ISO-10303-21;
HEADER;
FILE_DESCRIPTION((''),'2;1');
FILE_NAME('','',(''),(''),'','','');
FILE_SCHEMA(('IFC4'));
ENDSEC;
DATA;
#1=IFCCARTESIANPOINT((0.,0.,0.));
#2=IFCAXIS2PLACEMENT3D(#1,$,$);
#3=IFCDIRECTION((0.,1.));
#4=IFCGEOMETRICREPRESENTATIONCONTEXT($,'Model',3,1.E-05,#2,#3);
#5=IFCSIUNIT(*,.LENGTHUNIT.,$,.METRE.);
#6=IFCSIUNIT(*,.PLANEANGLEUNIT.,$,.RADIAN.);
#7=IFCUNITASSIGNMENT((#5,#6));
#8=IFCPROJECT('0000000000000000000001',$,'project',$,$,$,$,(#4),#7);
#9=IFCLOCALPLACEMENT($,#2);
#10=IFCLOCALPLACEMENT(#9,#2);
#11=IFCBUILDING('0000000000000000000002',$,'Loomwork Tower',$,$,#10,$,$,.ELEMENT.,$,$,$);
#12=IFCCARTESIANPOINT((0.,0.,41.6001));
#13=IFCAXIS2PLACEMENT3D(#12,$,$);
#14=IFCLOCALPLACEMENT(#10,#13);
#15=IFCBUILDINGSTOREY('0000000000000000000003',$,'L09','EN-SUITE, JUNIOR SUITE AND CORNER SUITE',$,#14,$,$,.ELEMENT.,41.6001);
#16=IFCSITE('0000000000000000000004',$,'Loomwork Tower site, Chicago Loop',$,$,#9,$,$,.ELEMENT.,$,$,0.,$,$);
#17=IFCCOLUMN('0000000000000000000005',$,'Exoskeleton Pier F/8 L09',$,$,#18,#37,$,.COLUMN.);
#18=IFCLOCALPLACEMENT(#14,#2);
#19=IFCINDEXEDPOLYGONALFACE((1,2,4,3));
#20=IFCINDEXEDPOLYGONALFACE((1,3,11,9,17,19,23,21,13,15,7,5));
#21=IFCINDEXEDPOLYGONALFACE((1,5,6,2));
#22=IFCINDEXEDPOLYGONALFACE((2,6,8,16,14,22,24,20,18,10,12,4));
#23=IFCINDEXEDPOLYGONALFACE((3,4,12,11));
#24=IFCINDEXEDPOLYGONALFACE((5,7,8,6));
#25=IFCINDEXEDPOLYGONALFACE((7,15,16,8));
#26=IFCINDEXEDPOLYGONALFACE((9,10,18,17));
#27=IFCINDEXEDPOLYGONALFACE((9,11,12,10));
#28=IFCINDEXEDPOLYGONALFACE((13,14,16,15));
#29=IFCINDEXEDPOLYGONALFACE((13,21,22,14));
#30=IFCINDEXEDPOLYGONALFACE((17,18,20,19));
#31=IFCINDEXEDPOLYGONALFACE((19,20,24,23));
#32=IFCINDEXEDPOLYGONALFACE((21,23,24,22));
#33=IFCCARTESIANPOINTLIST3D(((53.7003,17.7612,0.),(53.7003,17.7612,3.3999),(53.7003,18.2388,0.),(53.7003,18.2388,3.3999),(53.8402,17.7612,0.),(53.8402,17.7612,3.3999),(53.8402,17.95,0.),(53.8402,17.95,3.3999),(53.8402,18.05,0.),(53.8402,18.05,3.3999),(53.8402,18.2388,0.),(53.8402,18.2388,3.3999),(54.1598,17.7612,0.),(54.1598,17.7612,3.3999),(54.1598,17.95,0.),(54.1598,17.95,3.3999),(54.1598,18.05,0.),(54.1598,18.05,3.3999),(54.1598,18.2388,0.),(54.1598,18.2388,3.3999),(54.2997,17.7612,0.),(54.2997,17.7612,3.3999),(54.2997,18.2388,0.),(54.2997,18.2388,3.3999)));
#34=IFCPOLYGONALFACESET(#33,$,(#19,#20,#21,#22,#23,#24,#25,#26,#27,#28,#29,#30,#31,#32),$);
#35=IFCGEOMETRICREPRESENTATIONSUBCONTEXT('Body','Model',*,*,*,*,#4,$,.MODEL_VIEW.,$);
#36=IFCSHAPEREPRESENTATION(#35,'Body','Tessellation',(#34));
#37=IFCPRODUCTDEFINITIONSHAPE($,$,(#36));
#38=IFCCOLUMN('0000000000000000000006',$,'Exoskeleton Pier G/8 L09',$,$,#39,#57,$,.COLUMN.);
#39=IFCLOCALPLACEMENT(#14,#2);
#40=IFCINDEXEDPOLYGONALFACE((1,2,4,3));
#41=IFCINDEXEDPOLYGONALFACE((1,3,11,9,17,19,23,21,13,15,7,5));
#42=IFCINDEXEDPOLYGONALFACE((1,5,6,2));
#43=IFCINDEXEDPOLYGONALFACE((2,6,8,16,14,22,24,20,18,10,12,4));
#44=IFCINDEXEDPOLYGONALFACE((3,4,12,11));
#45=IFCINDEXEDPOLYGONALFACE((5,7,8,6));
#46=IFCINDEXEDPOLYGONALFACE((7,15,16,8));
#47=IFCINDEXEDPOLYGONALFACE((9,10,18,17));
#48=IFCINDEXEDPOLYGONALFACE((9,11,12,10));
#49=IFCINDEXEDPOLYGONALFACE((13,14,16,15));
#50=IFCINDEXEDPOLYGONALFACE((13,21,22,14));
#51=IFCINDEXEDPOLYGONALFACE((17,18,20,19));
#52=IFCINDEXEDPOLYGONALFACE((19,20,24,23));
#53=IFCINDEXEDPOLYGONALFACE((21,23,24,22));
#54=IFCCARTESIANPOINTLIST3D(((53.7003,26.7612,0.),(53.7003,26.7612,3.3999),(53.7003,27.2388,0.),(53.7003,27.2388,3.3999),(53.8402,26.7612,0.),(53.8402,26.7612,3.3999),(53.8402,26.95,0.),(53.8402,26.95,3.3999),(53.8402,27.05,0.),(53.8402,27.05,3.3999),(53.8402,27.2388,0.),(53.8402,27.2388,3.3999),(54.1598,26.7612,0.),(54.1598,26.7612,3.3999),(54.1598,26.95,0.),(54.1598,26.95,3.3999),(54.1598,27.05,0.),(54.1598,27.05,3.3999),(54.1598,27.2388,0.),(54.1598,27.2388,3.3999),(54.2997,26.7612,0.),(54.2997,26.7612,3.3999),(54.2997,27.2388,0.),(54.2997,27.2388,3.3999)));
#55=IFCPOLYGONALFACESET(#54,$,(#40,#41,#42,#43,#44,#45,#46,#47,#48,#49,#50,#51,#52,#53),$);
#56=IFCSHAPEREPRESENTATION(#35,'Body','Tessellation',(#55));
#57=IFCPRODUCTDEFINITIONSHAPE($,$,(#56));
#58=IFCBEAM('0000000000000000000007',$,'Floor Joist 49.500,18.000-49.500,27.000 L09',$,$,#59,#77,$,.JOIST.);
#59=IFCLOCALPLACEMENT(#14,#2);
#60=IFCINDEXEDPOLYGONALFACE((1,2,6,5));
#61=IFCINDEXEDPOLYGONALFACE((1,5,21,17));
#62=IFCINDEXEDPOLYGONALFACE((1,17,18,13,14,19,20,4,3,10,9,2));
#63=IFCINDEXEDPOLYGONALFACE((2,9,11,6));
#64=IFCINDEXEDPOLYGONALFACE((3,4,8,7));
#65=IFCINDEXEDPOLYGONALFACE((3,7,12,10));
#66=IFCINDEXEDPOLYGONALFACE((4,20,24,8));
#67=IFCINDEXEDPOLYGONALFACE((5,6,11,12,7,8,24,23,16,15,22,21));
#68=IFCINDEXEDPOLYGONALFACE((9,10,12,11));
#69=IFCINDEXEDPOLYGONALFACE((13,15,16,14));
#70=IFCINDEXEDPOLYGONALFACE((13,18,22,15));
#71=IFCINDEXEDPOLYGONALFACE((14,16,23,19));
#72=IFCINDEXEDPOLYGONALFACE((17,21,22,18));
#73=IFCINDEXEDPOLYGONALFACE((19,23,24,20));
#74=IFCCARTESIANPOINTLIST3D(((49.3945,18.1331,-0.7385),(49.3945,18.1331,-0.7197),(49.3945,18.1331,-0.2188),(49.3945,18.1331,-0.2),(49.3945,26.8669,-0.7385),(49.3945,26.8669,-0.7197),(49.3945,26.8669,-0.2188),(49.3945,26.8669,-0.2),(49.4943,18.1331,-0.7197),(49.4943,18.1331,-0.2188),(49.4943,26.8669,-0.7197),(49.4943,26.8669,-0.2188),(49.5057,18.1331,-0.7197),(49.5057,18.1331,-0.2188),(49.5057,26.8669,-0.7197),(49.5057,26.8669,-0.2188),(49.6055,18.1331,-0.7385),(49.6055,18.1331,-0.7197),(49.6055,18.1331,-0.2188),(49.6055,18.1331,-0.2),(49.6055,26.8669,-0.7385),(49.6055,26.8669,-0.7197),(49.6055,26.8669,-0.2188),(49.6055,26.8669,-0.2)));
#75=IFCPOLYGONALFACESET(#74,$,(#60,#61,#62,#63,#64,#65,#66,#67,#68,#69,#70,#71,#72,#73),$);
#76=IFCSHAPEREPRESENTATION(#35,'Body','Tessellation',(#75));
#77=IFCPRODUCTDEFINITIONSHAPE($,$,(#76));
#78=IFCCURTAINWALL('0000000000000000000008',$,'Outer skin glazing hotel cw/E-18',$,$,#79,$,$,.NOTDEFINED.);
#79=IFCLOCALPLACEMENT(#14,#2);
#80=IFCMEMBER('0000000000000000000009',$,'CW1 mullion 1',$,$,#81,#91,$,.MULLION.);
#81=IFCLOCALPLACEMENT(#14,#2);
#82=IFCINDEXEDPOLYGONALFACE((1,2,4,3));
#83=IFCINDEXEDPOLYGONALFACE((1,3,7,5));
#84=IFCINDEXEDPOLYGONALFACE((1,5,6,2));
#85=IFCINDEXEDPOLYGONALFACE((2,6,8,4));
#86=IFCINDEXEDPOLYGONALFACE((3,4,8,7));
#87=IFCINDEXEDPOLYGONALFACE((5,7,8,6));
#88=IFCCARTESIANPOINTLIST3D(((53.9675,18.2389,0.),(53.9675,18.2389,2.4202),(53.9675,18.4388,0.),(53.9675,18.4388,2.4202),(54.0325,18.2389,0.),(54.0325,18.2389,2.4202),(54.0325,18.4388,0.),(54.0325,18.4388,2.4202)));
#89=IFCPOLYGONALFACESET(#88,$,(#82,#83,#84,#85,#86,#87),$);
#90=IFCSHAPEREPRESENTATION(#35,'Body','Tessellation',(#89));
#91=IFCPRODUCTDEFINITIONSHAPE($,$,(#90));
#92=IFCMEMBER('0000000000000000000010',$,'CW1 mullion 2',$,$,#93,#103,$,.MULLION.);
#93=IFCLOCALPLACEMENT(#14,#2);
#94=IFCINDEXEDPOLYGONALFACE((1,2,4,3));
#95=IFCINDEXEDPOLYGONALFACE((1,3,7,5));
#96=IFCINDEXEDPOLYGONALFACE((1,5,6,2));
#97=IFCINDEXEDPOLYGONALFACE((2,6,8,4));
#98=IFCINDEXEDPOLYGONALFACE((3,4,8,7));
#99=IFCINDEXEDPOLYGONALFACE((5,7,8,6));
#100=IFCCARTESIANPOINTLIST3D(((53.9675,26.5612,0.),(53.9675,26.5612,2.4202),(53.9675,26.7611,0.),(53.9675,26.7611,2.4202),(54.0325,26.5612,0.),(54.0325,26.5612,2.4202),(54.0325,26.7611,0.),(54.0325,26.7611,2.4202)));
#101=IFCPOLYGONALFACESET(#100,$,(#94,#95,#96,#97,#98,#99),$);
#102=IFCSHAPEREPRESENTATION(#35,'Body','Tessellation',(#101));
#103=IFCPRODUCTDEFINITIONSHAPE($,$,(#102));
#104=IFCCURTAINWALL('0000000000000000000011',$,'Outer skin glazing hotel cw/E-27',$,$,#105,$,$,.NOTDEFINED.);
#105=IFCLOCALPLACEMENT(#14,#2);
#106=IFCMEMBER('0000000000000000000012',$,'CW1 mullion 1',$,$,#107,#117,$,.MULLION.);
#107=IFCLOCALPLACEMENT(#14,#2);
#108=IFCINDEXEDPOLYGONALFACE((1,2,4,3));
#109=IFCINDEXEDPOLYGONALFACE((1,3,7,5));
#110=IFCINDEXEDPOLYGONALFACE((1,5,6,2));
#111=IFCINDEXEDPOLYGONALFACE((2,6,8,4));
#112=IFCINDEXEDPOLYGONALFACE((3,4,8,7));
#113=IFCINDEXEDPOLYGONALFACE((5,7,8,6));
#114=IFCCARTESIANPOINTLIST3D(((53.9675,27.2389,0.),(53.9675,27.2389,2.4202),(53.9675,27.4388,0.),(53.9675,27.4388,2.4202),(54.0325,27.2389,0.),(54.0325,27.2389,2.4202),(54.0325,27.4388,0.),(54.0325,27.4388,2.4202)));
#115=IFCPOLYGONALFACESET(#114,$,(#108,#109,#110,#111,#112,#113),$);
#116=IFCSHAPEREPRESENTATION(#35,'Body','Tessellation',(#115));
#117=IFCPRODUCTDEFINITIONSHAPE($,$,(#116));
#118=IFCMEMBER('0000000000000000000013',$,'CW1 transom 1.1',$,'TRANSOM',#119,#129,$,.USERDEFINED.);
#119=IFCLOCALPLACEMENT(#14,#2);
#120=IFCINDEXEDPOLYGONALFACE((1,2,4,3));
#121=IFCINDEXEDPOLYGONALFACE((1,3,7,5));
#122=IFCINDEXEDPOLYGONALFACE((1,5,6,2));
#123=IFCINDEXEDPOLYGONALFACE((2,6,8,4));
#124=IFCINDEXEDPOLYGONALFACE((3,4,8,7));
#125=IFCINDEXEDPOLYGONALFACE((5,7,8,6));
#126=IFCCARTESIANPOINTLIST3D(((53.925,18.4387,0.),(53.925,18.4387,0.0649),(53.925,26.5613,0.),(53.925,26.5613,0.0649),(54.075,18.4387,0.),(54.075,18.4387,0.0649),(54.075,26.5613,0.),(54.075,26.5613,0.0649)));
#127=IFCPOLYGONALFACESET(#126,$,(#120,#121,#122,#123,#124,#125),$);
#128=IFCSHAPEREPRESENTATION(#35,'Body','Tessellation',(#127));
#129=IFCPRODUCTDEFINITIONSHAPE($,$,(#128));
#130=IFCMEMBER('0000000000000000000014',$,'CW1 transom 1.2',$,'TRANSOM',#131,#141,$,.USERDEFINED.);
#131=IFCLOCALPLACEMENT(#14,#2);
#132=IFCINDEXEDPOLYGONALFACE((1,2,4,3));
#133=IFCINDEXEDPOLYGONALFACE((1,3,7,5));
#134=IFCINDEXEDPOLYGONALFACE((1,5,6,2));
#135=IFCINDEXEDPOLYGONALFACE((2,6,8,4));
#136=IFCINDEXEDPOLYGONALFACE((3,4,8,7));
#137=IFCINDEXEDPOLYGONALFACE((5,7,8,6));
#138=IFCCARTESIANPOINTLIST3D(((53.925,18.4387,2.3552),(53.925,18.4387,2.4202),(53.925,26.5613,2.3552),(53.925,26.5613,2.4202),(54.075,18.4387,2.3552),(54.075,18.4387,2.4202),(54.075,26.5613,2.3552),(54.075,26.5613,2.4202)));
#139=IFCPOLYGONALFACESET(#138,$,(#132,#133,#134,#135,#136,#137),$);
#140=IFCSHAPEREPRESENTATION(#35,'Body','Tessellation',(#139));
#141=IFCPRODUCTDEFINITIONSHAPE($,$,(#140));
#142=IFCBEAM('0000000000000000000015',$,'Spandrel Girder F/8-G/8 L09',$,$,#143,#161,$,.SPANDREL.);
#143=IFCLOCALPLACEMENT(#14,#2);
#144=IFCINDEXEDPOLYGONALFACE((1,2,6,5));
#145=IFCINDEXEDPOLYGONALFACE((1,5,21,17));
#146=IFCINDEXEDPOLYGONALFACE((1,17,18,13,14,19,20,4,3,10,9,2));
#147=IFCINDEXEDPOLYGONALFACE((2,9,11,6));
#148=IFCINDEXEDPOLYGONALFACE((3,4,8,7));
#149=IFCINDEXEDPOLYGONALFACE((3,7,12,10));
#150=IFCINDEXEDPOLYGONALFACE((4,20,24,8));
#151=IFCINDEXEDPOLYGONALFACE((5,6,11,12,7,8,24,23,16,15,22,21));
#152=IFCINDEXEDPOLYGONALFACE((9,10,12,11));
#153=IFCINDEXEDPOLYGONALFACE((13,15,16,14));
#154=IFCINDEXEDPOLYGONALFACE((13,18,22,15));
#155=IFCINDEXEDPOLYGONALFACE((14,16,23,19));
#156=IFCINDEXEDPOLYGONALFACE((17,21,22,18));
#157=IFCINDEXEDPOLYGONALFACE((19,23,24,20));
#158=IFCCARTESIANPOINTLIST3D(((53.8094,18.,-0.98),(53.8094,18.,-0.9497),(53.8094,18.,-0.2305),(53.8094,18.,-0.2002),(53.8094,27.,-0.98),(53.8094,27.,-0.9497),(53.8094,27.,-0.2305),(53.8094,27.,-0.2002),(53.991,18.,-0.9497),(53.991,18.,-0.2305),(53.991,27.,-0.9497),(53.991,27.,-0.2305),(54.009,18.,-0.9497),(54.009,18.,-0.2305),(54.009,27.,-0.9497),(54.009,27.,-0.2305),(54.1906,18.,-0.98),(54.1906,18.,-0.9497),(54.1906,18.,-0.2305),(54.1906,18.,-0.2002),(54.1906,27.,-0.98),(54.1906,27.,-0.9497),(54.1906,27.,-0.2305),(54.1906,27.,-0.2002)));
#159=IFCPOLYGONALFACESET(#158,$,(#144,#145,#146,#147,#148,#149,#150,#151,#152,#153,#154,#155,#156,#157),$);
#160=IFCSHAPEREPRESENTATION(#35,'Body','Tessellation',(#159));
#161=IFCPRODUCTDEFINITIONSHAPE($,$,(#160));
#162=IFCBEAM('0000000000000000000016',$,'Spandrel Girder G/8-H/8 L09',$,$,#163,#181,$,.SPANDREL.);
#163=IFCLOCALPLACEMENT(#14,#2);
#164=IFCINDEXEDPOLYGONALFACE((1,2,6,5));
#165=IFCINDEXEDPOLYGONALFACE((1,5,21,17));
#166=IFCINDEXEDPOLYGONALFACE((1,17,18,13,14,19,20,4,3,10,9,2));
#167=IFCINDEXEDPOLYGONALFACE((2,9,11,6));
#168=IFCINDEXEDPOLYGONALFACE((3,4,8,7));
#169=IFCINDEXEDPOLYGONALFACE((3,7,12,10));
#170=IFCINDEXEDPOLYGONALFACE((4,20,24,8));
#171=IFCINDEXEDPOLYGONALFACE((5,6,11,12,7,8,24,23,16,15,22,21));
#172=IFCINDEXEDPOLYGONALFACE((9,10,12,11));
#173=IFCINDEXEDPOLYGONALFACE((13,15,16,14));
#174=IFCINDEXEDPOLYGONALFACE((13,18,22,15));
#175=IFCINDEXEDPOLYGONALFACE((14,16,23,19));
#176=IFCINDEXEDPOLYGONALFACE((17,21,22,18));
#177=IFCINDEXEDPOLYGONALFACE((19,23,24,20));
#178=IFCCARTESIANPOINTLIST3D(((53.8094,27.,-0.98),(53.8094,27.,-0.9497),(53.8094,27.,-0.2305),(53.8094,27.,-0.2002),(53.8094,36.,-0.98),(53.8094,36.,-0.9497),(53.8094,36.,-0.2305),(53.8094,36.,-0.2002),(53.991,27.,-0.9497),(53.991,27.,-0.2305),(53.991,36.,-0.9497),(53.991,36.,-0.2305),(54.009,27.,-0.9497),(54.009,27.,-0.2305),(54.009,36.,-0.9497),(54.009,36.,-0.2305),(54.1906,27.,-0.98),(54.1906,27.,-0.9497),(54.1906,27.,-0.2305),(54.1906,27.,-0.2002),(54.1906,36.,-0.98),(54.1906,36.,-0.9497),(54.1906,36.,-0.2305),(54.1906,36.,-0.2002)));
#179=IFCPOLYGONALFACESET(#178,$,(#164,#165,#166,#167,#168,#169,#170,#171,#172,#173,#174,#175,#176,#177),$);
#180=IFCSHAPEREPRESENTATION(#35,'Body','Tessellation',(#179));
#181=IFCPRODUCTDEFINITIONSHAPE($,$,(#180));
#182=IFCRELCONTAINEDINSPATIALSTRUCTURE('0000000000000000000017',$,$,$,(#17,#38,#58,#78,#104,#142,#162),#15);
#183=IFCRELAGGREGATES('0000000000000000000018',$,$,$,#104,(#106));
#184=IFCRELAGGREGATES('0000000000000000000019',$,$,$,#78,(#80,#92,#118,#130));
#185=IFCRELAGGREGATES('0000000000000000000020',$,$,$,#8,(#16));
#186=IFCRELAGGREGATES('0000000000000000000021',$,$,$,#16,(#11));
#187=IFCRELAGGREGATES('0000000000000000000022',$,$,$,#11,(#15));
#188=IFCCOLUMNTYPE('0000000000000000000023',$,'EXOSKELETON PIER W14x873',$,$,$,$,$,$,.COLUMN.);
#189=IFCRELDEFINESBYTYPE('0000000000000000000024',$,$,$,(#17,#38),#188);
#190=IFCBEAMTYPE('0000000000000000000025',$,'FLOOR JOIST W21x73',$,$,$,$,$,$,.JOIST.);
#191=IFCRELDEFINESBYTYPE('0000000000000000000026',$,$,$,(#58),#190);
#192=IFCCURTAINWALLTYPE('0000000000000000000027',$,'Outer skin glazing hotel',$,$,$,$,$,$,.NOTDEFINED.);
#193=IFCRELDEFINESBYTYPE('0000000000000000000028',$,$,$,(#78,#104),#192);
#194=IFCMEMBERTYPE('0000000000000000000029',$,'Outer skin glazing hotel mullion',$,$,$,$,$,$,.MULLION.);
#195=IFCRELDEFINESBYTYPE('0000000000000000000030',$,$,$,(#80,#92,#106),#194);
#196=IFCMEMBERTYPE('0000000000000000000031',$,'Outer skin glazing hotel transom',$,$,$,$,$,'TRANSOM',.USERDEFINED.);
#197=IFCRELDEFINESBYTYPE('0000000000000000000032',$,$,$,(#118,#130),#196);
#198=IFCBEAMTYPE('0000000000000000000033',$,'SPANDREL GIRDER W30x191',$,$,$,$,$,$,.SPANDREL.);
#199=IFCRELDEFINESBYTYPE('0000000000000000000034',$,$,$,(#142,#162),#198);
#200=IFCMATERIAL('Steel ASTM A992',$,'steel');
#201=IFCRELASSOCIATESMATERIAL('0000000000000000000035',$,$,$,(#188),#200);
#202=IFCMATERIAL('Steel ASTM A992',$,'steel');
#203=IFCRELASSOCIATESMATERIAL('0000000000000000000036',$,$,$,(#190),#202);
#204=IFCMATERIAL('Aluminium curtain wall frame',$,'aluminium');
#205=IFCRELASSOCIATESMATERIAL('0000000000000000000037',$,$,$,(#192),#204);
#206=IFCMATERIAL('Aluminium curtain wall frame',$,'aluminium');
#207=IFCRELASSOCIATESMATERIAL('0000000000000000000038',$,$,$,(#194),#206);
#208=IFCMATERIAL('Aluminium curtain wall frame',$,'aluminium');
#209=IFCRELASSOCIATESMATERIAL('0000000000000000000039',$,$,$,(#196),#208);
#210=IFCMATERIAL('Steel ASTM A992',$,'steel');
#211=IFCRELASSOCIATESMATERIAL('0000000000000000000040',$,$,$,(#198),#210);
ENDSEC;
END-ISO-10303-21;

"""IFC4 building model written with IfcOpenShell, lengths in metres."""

from ifc_helpers import new_model, si_unit, direction, frame, origin, origin_2d, place, context, subcontext, project, spatial, rectangle, i_section, extrude, material, material_profile, profile_set, type_object, element, aggregate, save


model = new_model("IFC4")

# Units and contexts
model_context = context("Model", 3, precision=1e-05, world=origin(), true_north=direction((0.0, 1.0)))
body_context = subcontext(model_context, "Body", "Model", "MODEL_VIEW")
ifc_project = project(units=[si_unit("LENGTHUNIT", "METRE"), si_unit("PLANEANGLEUNIT", "RADIAN")], contexts=[model_context])

# Site, building, storey
site_placement = place(None, origin())
site = spatial("IfcSite", under=ifc_project, at=site_placement, Name="Loomwork Tower site, Chicago Loop", CompositionType="ELEMENT", RefElevation=0.0)
building_placement = place(site_placement, origin())
building = spatial("IfcBuilding", under=site, at=building_placement, Name="Loomwork Tower", CompositionType="ELEMENT")
storey_placement = place(building_placement, frame((0.0, 0.0, 41.6001)))
storey = spatial("IfcBuildingStorey", under=building, at=storey_placement, Name="L09", Description="EN-SUITE, JUNIOR SUITE AND CORNER SUITE", CompositionType="ELEMENT", Elevation=41.6001)

# Columns
ifc_material_1 = material(Name="Steel ASTM A992", Category="steel")
ifc_material_profile_1 = material_profile(ifc_material_1, i_section(OverallWidth=0.4775, OverallDepth=0.5994, WebThickness=0.1001, FlangeThickness=0.1399, at=origin_2d()), Name="W14x873")
ifc_profile_set_1 = profile_set([ifc_material_profile_1], Name="Steel ASTM A992")
column_type = type_object("IfcColumnType", Name="EXOSKELETON PIER W14x873", PredefinedType="COLUMN", material=ifc_profile_set_1)
for number, where, z_axis, x_axis, name in (
    (1, (54.0, 18.0, 0.0), (0.0, 0.0, 1.0), (0.0, 1.0, 0.0), "Exoskeleton Pier F/8 L09"),
    (2, (54.0, 27.0, 0.0), (0.0, 0.0, 1.0), (0.0, 1.0, 0.0), "Exoskeleton Pier G/8 L09"),
):
    element("IfcColumn", number, at=place(storey_placement, frame(where, z_axis=z_axis, x_axis=x_axis)), inside=storey, type_object=column_type, Name=name, PredefinedType="COLUMN", context=body_context, shape_type="SweptSolid", body=[
        extrude(i_section(OverallWidth=0.4775, OverallDepth=0.5994, WebThickness=0.1001, FlangeThickness=0.1399, at=origin_2d()), origin(), (0.0, 0.0, 1.0), 3.3999),
    ])

# Beam
ifc_material_2 = material(Name="Steel ASTM A992", Category="steel")
ifc_material_profile_2 = material_profile(ifc_material_2, i_section(OverallWidth=0.2109, OverallDepth=0.5386, WebThickness=0.0115, FlangeThickness=0.0188, at=origin_2d()), Name="W21x73")
ifc_profile_set_2 = profile_set([ifc_material_profile_2], Name="Steel ASTM A992")
beam_type_1 = type_object("IfcBeamType", Name="FLOOR JOIST W21x73", PredefinedType="JOIST", material=ifc_profile_set_2)
beam_placement = place(storey_placement, frame((49.5, 18.1331, -0.4692), z_axis=(0.0, 1.0, 0.0), x_axis=(-1.0, 0.0, 0.0)))
element("IfcBeam", 3, at=beam_placement, inside=storey, type_object=beam_type_1, Name="Floor Joist 49.500,18.000-49.500,27.000 L09", PredefinedType="JOIST", context=body_context, shape_type="SweptSolid", body=[
    extrude(i_section(OverallWidth=0.2109, OverallDepth=0.5386, WebThickness=0.0115, FlangeThickness=0.0188, at=origin_2d()), origin(), (0.0, 0.0, 1.0), 8.7339),
])

# Curtain wall, members
ifc_material_3 = material(Name="Aluminium curtain wall frame", Category="aluminium")
curtain_wall_type = type_object("IfcCurtainWallType", Name="Outer skin glazing hotel", PredefinedType="NOTDEFINED", material=ifc_material_3)
curtain_wall_1_placement = place(storey_placement, origin())
curtain_wall_1 = element("IfcCurtainWall", 4, at=curtain_wall_1_placement, inside=storey, type_object=curtain_wall_type, Name="Outer skin glazing hotel cw/E-18", PredefinedType="NOTDEFINED")
ifc_material_4 = material(Name="Aluminium curtain wall frame", Category="aluminium")
ifc_material_profile_3 = material_profile(ifc_material_4, rectangle(XDim=0.0649, YDim=0.2, at=origin_2d()), Name="AL 65x200")
ifc_profile_set_3 = profile_set([ifc_material_profile_3], Name="Aluminium curtain wall frame")
member_type_1 = type_object("IfcMemberType", Name="Outer skin glazing hotel mullion", PredefinedType="MULLION", material=ifc_profile_set_3)
member_1_placement = place(storey_placement, frame((54.0, 18.3389, 0.0), z_axis=(0.0, 0.0, 1.0), x_axis=(-1.0, 0.0, 0.0)))
member_1 = element("IfcMember", 5, at=member_1_placement, type_object=member_type_1, Name="CW1 mullion 1", PredefinedType="MULLION", context=body_context, shape_type="SweptSolid", body=[
    extrude(rectangle(XDim=0.0649, YDim=0.2, at=origin_2d()), origin(), (0.0, 0.0, 1.0), 2.4202),
])
member_2_placement = place(storey_placement, frame((54.0, 26.6611, 0.0), z_axis=(0.0, 0.0, 1.0), x_axis=(-1.0, 0.0, 0.0)))
member_2 = element("IfcMember", 6, at=member_2_placement, type_object=member_type_1, Name="CW1 mullion 2", PredefinedType="MULLION", context=body_context, shape_type="SweptSolid", body=[
    extrude(rectangle(XDim=0.0649, YDim=0.2, at=origin_2d()), origin(), (0.0, 0.0, 1.0), 2.4202),
])

# Curtain wall, member
curtain_wall_2_placement = place(storey_placement, origin())
curtain_wall_2 = element("IfcCurtainWall", 7, at=curtain_wall_2_placement, inside=storey, type_object=curtain_wall_type, Name="Outer skin glazing hotel cw/E-27", PredefinedType="NOTDEFINED")
member_3_placement = place(storey_placement, frame((54.0, 27.3389, 0.0), z_axis=(0.0, 0.0, 1.0), x_axis=(-1.0, 0.0, 0.0)))
member_3 = element("IfcMember", 8, at=member_3_placement, type_object=member_type_1, Name="CW1 mullion 1", PredefinedType="MULLION", context=body_context, shape_type="SweptSolid", body=[
    extrude(rectangle(XDim=0.0649, YDim=0.2, at=origin_2d()), origin(), (0.0, 0.0, 1.0), 2.4202),
])
aggregate(curtain_wall_2, [member_3])

# Members
ifc_material_5 = material(Name="Aluminium curtain wall frame", Category="aluminium")
ifc_material_profile_4 = material_profile(ifc_material_5, rectangle(XDim=0.1499, YDim=0.0649, at=origin_2d()), Name="AL 65x150")
ifc_profile_set_4 = profile_set([ifc_material_profile_4], Name="Aluminium curtain wall frame")
member_type_2 = type_object("IfcMemberType", Name="Outer skin glazing hotel transom", ElementType="TRANSOM", PredefinedType="USERDEFINED", material=ifc_profile_set_4)
member_4_placement = place(storey_placement, frame((54.0, 18.4387, 0.0325), z_axis=(0.0, 1.0, 0.0), x_axis=(-1.0, 0.0, 0.0)))
member_4 = element("IfcMember", 9, at=member_4_placement, type_object=member_type_2, Name="CW1 transom 1.1", ObjectType="TRANSOM", PredefinedType="USERDEFINED", context=body_context, shape_type="SweptSolid", body=[
    extrude(rectangle(XDim=0.1499, YDim=0.0649, at=origin_2d()), origin(), (0.0, 0.0, 1.0), 8.1226),
])
member_5_placement = place(storey_placement, frame((54.0, 18.4387, 2.3877), z_axis=(0.0, 1.0, 0.0), x_axis=(-1.0, 0.0, 0.0)))
member_5 = element("IfcMember", 10, at=member_5_placement, type_object=member_type_2, Name="CW1 transom 1.2", ObjectType="TRANSOM", PredefinedType="USERDEFINED", context=body_context, shape_type="SweptSolid", body=[
    extrude(rectangle(XDim=0.1499, YDim=0.0649, at=origin_2d()), origin(), (0.0, 0.0, 1.0), 8.1226),
])

# Beams
ifc_material_6 = material(Name="Steel ASTM A992", Category="steel")
ifc_material_profile_5 = material_profile(ifc_material_6, i_section(OverallWidth=0.3811, OverallDepth=0.7798, WebThickness=0.0181, FlangeThickness=0.0303, at=origin_2d()), Name="W30x191")
ifc_profile_set_5 = profile_set([ifc_material_profile_5], Name="Steel ASTM A992")
beam_type_2 = type_object("IfcBeamType", Name="SPANDREL GIRDER W30x191", PredefinedType="SPANDREL", material=ifc_profile_set_5)
for number, where, z_axis, x_axis, name in (
    (11, (54.0, 18.0, -0.5901), (0.0, 1.0, 0.0), (-1.0, 0.0, 0.0), "Spandrel Girder F/8-G/8 L09"),
    (12, (54.0, 27.0, -0.5901), (0.0, 1.0, 0.0), (-1.0, 0.0, 0.0), "Spandrel Girder G/8-H/8 L09"),
):
    element("IfcBeam", number, at=place(storey_placement, frame(where, z_axis=z_axis, x_axis=x_axis)), inside=storey, type_object=beam_type_2, Name=name, PredefinedType="SPANDREL", context=body_context, shape_type="SweptSolid", body=[
        extrude(i_section(OverallWidth=0.3811, OverallDepth=0.7798, WebThickness=0.0181, FlangeThickness=0.0303, at=origin_2d()), origin(), (0.0, 0.0, 1.0), 9.0),
    ])

aggregate(curtain_wall_1, [member_1, member_2, member_4, member_5])

save(model, "model.ifc")
